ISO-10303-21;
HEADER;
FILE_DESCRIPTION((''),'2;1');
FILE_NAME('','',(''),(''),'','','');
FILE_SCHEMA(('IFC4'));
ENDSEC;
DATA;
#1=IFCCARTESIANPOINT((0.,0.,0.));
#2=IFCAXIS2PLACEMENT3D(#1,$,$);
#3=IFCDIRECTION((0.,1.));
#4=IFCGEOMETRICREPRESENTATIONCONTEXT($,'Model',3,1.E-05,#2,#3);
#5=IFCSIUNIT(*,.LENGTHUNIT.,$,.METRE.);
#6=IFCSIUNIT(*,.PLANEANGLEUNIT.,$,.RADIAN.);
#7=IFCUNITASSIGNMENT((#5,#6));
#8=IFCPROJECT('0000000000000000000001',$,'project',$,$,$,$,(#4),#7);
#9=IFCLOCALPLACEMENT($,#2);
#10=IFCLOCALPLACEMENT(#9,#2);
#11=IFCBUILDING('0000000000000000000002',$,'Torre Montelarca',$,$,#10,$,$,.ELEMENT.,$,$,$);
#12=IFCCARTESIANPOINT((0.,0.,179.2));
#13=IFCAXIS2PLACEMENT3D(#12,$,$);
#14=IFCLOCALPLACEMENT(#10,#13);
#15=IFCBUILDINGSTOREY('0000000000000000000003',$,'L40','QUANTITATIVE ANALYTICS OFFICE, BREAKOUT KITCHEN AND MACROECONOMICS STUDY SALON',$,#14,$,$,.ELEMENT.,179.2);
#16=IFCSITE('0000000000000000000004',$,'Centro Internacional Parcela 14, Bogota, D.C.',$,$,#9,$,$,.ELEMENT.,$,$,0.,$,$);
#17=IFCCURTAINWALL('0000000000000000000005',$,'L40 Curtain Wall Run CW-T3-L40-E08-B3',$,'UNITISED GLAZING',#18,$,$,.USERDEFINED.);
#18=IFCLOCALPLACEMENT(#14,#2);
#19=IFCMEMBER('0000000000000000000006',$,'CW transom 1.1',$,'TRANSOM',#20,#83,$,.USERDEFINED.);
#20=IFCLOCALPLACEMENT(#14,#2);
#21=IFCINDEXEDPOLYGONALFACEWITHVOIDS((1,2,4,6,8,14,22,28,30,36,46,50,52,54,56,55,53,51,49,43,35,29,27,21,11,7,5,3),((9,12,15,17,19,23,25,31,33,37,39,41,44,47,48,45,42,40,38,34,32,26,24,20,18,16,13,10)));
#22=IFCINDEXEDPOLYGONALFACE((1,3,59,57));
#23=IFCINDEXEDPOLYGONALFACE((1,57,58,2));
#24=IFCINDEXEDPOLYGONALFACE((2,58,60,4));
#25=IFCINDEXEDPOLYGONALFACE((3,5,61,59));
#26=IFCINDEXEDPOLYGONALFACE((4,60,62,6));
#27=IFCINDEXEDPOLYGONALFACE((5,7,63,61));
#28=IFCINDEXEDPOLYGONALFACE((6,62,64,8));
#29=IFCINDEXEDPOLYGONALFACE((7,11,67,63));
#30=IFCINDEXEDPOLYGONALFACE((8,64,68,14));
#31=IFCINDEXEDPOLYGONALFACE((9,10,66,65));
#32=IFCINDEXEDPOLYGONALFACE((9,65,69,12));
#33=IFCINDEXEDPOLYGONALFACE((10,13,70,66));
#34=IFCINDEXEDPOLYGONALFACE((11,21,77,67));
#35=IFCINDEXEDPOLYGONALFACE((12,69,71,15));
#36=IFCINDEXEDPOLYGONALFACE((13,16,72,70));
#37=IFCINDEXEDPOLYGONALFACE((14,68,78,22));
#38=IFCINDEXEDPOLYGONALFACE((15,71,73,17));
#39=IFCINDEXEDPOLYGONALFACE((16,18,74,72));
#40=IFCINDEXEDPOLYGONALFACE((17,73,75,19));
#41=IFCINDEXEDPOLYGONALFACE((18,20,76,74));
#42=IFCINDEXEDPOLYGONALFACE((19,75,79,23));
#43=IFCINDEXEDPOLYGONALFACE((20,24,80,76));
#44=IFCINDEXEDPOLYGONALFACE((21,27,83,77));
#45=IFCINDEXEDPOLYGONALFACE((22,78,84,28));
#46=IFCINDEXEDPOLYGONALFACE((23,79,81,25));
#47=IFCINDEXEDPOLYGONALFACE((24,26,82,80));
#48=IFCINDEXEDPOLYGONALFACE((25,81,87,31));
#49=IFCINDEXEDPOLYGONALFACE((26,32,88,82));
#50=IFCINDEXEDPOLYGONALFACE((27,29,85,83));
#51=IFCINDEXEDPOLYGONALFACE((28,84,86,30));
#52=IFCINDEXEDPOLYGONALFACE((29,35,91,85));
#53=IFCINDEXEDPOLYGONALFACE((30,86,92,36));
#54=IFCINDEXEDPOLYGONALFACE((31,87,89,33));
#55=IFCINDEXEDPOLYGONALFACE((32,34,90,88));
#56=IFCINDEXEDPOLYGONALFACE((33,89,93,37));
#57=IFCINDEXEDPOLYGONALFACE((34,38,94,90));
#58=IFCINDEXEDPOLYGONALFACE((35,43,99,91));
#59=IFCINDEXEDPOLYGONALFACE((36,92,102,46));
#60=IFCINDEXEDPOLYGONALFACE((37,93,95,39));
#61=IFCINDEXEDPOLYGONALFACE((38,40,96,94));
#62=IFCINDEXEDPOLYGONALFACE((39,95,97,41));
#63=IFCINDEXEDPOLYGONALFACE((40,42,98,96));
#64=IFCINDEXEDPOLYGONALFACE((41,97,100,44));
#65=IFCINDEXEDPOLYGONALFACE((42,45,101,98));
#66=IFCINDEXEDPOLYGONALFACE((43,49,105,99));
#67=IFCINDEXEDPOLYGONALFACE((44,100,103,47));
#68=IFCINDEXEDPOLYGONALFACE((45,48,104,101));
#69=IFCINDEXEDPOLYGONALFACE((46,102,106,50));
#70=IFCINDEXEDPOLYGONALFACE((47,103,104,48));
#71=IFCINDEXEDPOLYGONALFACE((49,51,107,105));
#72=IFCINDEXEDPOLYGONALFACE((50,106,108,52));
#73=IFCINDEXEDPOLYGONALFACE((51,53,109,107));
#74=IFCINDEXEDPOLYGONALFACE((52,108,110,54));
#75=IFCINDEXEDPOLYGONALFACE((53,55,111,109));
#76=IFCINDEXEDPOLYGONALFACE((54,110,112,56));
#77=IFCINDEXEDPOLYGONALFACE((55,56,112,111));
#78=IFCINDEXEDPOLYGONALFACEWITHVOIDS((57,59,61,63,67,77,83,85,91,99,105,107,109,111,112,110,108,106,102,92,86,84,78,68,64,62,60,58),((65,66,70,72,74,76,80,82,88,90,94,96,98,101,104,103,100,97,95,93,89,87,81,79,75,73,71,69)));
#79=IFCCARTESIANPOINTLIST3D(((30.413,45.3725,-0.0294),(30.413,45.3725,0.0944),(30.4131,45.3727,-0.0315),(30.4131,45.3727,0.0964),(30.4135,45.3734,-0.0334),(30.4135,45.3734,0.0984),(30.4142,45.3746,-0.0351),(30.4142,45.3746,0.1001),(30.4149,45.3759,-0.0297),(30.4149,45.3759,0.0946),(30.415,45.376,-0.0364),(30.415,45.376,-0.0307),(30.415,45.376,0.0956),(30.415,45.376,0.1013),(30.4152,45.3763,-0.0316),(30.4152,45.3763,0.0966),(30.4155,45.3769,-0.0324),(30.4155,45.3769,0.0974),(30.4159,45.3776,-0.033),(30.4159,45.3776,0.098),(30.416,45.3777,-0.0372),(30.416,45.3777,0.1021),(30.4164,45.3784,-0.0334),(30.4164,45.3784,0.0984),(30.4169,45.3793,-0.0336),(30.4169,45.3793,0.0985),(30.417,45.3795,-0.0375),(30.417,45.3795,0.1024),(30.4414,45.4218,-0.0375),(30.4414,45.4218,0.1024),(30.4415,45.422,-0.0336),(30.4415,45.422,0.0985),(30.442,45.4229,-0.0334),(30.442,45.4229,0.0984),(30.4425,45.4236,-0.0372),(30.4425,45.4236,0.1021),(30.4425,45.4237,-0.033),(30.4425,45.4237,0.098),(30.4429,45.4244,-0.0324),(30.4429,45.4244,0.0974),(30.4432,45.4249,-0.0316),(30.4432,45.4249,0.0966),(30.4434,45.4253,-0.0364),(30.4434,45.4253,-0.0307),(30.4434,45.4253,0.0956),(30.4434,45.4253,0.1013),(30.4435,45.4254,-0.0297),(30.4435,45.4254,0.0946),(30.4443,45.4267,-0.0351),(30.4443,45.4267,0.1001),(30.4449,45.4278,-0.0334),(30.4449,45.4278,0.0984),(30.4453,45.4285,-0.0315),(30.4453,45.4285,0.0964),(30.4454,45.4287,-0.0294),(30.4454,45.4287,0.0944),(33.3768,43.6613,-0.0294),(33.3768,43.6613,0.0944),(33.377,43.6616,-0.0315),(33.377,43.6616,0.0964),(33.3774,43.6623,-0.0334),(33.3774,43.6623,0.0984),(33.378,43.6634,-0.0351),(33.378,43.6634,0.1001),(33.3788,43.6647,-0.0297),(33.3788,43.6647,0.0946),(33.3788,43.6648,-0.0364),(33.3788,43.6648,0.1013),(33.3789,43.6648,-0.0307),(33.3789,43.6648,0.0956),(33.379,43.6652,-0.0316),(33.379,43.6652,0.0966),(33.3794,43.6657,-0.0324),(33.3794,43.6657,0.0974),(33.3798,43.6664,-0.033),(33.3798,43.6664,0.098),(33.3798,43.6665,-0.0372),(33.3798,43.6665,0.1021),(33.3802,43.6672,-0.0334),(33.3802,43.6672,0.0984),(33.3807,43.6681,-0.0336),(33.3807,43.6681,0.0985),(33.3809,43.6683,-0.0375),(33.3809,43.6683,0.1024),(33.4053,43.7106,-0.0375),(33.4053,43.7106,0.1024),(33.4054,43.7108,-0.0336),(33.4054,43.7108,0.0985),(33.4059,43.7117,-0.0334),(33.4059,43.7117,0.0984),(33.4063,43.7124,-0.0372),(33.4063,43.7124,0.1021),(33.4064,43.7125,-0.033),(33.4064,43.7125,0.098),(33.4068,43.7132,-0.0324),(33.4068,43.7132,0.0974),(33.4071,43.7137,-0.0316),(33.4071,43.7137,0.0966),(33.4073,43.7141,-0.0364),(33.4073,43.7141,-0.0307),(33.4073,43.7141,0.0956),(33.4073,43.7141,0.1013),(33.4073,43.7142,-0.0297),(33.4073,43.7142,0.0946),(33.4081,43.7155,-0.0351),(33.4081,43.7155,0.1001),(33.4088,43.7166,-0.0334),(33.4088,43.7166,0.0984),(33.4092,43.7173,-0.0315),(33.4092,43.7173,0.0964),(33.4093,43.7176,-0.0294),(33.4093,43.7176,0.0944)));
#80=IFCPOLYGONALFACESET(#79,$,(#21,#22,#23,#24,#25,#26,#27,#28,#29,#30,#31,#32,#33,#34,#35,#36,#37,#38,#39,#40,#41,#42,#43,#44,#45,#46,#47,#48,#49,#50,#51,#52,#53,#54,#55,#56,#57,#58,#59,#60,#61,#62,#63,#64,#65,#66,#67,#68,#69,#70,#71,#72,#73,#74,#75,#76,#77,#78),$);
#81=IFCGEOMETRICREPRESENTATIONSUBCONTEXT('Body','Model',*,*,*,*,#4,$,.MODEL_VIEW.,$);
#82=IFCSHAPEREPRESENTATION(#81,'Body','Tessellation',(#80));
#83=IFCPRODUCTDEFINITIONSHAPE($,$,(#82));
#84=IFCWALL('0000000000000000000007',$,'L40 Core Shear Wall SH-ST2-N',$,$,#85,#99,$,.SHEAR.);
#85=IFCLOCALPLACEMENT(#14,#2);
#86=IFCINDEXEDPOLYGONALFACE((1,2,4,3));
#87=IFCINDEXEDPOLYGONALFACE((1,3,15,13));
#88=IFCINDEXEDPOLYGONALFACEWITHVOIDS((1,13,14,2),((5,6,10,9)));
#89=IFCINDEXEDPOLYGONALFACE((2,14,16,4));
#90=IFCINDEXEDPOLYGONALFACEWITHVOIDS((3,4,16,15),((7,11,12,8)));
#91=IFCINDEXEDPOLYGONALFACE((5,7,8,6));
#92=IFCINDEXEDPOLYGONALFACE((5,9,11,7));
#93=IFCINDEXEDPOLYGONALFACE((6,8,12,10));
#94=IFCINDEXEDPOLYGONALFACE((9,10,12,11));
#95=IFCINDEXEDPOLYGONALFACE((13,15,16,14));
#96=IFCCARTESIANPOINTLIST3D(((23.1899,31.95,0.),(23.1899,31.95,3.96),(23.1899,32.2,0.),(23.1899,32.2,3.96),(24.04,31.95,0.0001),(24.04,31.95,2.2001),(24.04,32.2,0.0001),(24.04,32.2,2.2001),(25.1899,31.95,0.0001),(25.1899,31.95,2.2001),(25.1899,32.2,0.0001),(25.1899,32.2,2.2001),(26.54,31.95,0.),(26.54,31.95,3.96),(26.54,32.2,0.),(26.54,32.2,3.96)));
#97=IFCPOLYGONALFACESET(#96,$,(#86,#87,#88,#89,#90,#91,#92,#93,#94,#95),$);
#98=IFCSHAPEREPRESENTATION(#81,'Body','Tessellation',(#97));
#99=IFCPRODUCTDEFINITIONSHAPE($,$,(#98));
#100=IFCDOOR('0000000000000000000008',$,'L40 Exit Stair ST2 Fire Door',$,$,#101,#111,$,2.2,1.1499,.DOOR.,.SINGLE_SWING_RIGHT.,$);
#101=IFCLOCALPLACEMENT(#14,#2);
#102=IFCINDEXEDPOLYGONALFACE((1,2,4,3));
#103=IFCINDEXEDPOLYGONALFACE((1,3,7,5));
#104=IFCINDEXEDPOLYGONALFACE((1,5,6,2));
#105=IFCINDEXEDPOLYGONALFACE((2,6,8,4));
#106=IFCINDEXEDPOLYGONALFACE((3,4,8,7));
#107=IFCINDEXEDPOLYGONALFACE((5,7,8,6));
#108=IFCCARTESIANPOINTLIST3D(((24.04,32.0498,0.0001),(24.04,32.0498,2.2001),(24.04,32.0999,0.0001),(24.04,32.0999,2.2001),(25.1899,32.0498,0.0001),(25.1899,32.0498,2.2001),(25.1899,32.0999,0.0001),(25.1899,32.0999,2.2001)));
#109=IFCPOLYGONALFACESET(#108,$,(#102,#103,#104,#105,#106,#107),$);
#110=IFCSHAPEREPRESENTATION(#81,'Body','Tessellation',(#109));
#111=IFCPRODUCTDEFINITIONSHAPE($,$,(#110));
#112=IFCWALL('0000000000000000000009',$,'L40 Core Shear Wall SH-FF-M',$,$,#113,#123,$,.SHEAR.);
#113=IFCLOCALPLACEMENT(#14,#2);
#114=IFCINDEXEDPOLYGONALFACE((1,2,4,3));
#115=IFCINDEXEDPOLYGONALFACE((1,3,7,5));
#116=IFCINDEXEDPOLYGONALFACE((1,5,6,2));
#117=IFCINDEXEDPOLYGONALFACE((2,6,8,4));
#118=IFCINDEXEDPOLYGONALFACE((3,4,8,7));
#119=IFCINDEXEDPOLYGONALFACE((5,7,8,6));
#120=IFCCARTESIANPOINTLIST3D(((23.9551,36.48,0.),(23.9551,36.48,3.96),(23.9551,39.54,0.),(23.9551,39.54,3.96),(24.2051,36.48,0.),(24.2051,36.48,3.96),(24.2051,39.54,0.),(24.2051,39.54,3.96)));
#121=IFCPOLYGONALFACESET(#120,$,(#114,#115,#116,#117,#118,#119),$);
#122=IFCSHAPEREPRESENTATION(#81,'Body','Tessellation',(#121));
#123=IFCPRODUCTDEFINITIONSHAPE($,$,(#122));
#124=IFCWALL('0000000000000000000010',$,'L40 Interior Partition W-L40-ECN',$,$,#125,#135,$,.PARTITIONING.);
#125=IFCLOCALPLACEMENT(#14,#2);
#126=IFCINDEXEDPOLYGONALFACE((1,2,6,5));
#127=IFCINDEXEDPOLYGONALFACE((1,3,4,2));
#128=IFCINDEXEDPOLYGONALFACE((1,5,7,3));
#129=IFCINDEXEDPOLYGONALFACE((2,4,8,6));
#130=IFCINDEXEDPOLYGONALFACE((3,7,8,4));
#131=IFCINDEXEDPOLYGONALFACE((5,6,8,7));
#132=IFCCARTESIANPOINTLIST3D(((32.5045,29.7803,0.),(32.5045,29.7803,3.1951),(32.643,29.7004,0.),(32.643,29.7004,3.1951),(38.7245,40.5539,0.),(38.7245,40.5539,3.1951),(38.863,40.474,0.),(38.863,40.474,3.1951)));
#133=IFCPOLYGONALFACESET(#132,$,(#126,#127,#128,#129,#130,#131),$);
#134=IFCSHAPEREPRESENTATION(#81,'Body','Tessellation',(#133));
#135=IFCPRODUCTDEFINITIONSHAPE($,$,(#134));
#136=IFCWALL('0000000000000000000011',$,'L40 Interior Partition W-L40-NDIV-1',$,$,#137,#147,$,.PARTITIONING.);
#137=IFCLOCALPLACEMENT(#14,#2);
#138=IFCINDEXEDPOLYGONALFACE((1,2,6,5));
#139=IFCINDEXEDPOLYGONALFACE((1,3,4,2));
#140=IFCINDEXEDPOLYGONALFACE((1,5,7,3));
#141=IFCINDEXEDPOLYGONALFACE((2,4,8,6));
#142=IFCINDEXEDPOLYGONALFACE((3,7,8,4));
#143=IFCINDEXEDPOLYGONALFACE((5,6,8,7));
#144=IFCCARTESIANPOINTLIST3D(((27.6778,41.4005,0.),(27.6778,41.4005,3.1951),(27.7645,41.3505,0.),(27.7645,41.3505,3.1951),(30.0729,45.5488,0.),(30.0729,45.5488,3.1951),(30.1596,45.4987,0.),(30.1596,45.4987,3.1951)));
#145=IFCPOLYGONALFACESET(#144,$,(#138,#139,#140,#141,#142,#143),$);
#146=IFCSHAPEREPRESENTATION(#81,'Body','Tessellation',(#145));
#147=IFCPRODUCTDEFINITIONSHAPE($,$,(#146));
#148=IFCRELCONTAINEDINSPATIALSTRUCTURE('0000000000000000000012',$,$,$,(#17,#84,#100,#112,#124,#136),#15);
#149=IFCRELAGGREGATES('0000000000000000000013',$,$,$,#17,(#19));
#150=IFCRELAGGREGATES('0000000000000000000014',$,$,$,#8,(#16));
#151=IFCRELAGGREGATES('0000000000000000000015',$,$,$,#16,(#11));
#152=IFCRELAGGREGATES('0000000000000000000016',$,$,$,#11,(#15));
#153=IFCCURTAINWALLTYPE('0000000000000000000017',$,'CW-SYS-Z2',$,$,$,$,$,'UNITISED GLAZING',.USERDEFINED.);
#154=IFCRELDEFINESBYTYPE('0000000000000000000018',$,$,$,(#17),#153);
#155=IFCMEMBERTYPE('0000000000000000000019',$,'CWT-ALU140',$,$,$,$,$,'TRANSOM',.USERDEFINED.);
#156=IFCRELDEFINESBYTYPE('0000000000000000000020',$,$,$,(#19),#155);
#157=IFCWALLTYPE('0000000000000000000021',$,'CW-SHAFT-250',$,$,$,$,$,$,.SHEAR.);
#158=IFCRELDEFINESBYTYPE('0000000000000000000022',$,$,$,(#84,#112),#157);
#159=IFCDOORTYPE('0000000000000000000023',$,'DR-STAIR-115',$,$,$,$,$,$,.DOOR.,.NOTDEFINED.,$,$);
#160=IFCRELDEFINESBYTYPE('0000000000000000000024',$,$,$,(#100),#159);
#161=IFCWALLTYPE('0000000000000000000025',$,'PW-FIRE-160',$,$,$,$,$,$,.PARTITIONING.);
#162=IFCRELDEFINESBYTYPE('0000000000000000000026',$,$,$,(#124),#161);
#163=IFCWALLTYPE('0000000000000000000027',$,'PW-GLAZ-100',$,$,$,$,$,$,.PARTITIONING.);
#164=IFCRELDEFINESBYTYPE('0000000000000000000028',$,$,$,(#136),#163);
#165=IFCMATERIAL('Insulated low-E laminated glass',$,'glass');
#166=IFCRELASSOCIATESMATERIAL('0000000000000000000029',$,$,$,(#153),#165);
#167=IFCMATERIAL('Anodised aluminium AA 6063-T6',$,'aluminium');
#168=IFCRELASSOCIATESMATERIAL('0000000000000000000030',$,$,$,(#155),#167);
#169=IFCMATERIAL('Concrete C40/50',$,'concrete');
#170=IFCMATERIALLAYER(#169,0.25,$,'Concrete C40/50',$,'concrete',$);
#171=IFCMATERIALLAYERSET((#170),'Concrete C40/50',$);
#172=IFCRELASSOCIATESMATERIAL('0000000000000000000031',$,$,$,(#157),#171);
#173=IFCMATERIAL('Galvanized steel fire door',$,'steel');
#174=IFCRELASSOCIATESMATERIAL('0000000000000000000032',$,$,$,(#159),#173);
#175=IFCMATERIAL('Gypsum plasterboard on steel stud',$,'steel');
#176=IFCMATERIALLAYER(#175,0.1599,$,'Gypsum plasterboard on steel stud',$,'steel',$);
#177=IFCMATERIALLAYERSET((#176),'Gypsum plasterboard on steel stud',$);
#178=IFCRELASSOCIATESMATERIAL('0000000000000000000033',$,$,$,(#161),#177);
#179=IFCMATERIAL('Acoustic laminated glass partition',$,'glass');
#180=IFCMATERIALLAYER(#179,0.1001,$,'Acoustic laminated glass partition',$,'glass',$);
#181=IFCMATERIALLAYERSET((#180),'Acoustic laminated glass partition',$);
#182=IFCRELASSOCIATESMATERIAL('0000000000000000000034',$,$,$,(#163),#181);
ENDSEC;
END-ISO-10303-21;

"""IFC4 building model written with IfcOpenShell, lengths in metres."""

from ifc_helpers import new_model, si_unit, direction, frame, frame_2d, origin, origin_2d, place, context, subcontext, project, spatial, rectangle, hollow_rectangle, extrude, source, transform, mapped, material, layer, layer_set, material_profile, profile_set, type_object, element, fill, aggregate, save


model = new_model("IFC4")

# Units and contexts
model_context = context("Model", 3, precision=1e-05, world=origin(), true_north=direction((0.0, 1.0)))
body_context = subcontext(model_context, "Body", "Model", "MODEL_VIEW")
ifc_project = project(units=[si_unit("LENGTHUNIT", "METRE"), si_unit("PLANEANGLEUNIT", "RADIAN")], contexts=[model_context])

# Site, building, storey
site_placement = place(None, origin())
site = spatial("IfcSite", under=ifc_project, at=site_placement, Name="Centro Internacional Parcela 14, Bogota, D.C.", CompositionType="ELEMENT", RefElevation=0.0)
building_placement = place(site_placement, origin())
building = spatial("IfcBuilding", under=site, at=building_placement, Name="Torre Montelarca", CompositionType="ELEMENT")
storey_placement = place(building_placement, frame((0.0, 0.0, 179.2)))
storey = spatial("IfcBuildingStorey", under=building, at=storey_placement, Name="L40", Description="QUANTITATIVE ANALYTICS OFFICE, BREAKOUT KITCHEN AND MACROECONOMICS STUDY SALON", CompositionType="ELEMENT", Elevation=179.2)

# Shared definitions
ifc_material_1 = material(Name="Insulated low-E laminated glass", Category="glass")
curtain_wall_type = type_object("IfcCurtainWallType", Name="CW-SYS-Z2", ElementType="UNITISED GLAZING", PredefinedType="USERDEFINED", material=ifc_material_1)
ifc_material_2 = material(Name="Anodised aluminium AA 6063-T6", Category="aluminium")

# Curtain wall, member
curtain_wall_1_placement = place(storey_placement, origin())
curtain_wall_1 = element("IfcCurtainWall", 1, at=curtain_wall_1_placement, inside=storey, type_object=curtain_wall_type, Name="L40 Curtain Wall Run CW-T3-L40-E08-B3", ObjectType="UNITISED GLAZING", PredefinedType="USERDEFINED")
ifc_material_profile_1 = material_profile(ifc_material_2, hollow_rectangle(XDim=0.0649, YDim=0.1399, WallThickness=0.0039, InnerFilletRadius=0.0039, OuterFilletRadius=0.0081, at=origin_2d()), Name="ALU65X140X4", Category="aluminium")
ifc_profile_set_1 = profile_set([ifc_material_profile_1], Name="Anodised aluminium AA 6063-T6")
member_type_1 = type_object("IfcMemberType", Name="CWT-ALU140", ElementType="TRANSOM", PredefinedType="USERDEFINED", material=ifc_profile_set_1)
shared_shape_1 = source(origin(), body_context, "Body", "SweptSolid", [
    extrude(hollow_rectangle(XDim=0.0649, YDim=0.1399, WallThickness=0.0039, InnerFilletRadius=0.0039, OuterFilletRadius=0.0081, at=origin_2d()), origin(), (0.0, 0.0, 1.0), 3.4224),
])
member_1_placement = place(storey_placement, frame((33.3931, 43.6895, 0.0325), z_axis=(-0.866026, 0.499998, 0.0), x_axis=(-0.499998, -0.866026, 0.0)))
member_1 = element("IfcMember", 2, at=member_1_placement, type_object=member_type_1, Name="CW transom 1.1", ObjectType="TRANSOM", PredefinedType="USERDEFINED", context=body_context, shape_type="MappedRepresentation", body=[
    mapped(shared_shape_1, transform((0.0, 0.0, 0.0), scale=1.0)),
])
aggregate(curtain_wall_1, [member_1])

# Wall, opening, door
ifc_material_3 = material(Name="Concrete C40/50", Category="concrete")
ifc_layer_1 = layer(ifc_material_3, 0.25, Name="Concrete C40/50", Category="concrete")
ifc_layer_set_1 = layer_set([ifc_layer_1], Name="Concrete C40/50")
wall_type_1 = type_object("IfcWallType", Name="CW-SHAFT-250", PredefinedType="SHEAR", material=ifc_layer_set_1)
wall_1_placement = place(storey_placement, frame((23.1899, 32.075, 0.0), z_axis=(0.0, 0.0, 1.0), x_axis=(1.0, 0.0, 0.0)))
wall_1 = element("IfcWall", 3, at=wall_1_placement, inside=storey, type_object=wall_type_1, Name="L40 Core Shear Wall SH-ST2-N", PredefinedType="SHEAR", context=body_context, shape_type="SweptSolid", body=[
    extrude(rectangle(XDim=3.3501, YDim=0.25, at=frame_2d((1.675, 0.0))), origin(), (0.0, 0.0, 1.0), 3.96),
])
opening_1_placement = place(wall_1_placement, frame((0.8501, 0.0, 0.0)))
opening_1 = element("IfcOpeningElement", 4, at=opening_1_placement, cuts=wall_1, PredefinedType="OPENING", context=body_context, shape_type="SweptSolid", body=[
    extrude(rectangle(XDim=1.1499, YDim=2.2, at=frame_2d((0.575, 1.1001))), frame((0.0, 0.135, 0.0), z_axis=(0.0, -1.0, 0.0), x_axis=(1.0, 0.0, 0.0)), (0.0, 0.0, 1.0), 0.27),
])
ifc_material_4 = material(Name="Galvanized steel fire door", Category="steel")
door_type_1 = type_object("IfcDoorType", Name="DR-STAIR-115", OperationType="NOTDEFINED", PredefinedType="DOOR", material=ifc_material_4)
shared_shape_2 = source(origin(), body_context, "Body", "SweptSolid", [
    extrude(rectangle(XDim=1.1499, YDim=2.2, at=frame_2d((0.575, 1.1001))), frame((0.0, 0.0249, 0.0), z_axis=(0.0, -1.0, 0.0), x_axis=(1.0, 0.0, 0.0)), (0.0, 0.0, 1.0), 0.05),
])
door_1_placement = place(opening_1_placement, origin())
door_1 = element("IfcDoor", 5, at=door_1_placement, inside=storey, type_object=door_type_1, Name="L40 Exit Stair ST2 Fire Door", OperationType="SINGLE_SWING_RIGHT", OverallHeight=2.2, OverallWidth=1.1499, PredefinedType="DOOR", context=body_context, shape_type="MappedRepresentation", body=[
    mapped(shared_shape_2, transform((0.0, 0.0, 0.0), scale=1.0)),
])
fill(opening_1, door_1)

# Walls
wall_2_placement = place(storey_placement, frame((24.0801, 36.48, 0.0), z_axis=(0.0, 0.0, 1.0), x_axis=(0.0, 1.0, 0.0)))
element("IfcWall", 6, at=wall_2_placement, inside=storey, type_object=wall_type_1, Name="L40 Core Shear Wall SH-FF-M", PredefinedType="SHEAR", context=body_context, shape_type="SweptSolid", body=[
    extrude(rectangle(XDim=3.0601, YDim=0.25, at=frame_2d((1.53, 0.0))), origin(), (0.0, 0.0, 1.0), 3.96),
])
ifc_material_5 = material(Name="Gypsum plasterboard on steel stud", Category="steel")
ifc_layer_2 = layer(ifc_material_5, 0.1599, Name="Gypsum plasterboard on steel stud", Category="steel")
ifc_layer_set_2 = layer_set([ifc_layer_2], Name="Gypsum plasterboard on steel stud")
wall_type_2 = type_object("IfcWallType", Name="PW-FIRE-160", PredefinedType="PARTITIONING", material=ifc_layer_set_2)
wall_3_placement = place(storey_placement, frame((32.5737, 29.7402, 0.0), z_axis=(0.0, 0.0, 1.0), x_axis=(0.499987, 0.866033, 0.0)))
element("IfcWall", 7, at=wall_3_placement, inside=storey, type_object=wall_type_2, Name="L40 Interior Partition W-L40-ECN", PredefinedType="PARTITIONING", context=body_context, shape_type="SweptSolid", body=[
    extrude(rectangle(XDim=12.4402, YDim=0.1599, at=frame_2d((6.2202, 0.0))), origin(), (0.0, 0.0, 1.0), 3.1951),
])
ifc_material_6 = material(Name="Acoustic laminated glass partition", Category="glass")
ifc_layer_3 = layer(ifc_material_6, 0.1001, Name="Acoustic laminated glass partition", Category="glass")
ifc_layer_set_3 = layer_set([ifc_layer_3], Name="Acoustic laminated glass partition")
wall_type_3 = type_object("IfcWallType", Name="PW-GLAZ-100", PredefinedType="PARTITIONING", material=ifc_layer_set_3)
wall_4_placement = place(storey_placement, frame((27.7212, 41.3755, 0.0), z_axis=(0.0, 0.0, 1.0), x_axis=(0.500009, 0.86602, 0.0)))
element("IfcWall", 8, at=wall_4_placement, inside=storey, type_object=wall_type_3, Name="L40 Interior Partition W-L40-NDIV-1", PredefinedType="PARTITIONING", context=body_context, shape_type="SweptSolid", body=[
    extrude(rectangle(XDim=4.79, YDim=0.1001, at=frame_2d((2.395, 0.0))), origin(), (0.0, 0.0, 1.0), 3.1951),
])

save(model, "model.ifc")
